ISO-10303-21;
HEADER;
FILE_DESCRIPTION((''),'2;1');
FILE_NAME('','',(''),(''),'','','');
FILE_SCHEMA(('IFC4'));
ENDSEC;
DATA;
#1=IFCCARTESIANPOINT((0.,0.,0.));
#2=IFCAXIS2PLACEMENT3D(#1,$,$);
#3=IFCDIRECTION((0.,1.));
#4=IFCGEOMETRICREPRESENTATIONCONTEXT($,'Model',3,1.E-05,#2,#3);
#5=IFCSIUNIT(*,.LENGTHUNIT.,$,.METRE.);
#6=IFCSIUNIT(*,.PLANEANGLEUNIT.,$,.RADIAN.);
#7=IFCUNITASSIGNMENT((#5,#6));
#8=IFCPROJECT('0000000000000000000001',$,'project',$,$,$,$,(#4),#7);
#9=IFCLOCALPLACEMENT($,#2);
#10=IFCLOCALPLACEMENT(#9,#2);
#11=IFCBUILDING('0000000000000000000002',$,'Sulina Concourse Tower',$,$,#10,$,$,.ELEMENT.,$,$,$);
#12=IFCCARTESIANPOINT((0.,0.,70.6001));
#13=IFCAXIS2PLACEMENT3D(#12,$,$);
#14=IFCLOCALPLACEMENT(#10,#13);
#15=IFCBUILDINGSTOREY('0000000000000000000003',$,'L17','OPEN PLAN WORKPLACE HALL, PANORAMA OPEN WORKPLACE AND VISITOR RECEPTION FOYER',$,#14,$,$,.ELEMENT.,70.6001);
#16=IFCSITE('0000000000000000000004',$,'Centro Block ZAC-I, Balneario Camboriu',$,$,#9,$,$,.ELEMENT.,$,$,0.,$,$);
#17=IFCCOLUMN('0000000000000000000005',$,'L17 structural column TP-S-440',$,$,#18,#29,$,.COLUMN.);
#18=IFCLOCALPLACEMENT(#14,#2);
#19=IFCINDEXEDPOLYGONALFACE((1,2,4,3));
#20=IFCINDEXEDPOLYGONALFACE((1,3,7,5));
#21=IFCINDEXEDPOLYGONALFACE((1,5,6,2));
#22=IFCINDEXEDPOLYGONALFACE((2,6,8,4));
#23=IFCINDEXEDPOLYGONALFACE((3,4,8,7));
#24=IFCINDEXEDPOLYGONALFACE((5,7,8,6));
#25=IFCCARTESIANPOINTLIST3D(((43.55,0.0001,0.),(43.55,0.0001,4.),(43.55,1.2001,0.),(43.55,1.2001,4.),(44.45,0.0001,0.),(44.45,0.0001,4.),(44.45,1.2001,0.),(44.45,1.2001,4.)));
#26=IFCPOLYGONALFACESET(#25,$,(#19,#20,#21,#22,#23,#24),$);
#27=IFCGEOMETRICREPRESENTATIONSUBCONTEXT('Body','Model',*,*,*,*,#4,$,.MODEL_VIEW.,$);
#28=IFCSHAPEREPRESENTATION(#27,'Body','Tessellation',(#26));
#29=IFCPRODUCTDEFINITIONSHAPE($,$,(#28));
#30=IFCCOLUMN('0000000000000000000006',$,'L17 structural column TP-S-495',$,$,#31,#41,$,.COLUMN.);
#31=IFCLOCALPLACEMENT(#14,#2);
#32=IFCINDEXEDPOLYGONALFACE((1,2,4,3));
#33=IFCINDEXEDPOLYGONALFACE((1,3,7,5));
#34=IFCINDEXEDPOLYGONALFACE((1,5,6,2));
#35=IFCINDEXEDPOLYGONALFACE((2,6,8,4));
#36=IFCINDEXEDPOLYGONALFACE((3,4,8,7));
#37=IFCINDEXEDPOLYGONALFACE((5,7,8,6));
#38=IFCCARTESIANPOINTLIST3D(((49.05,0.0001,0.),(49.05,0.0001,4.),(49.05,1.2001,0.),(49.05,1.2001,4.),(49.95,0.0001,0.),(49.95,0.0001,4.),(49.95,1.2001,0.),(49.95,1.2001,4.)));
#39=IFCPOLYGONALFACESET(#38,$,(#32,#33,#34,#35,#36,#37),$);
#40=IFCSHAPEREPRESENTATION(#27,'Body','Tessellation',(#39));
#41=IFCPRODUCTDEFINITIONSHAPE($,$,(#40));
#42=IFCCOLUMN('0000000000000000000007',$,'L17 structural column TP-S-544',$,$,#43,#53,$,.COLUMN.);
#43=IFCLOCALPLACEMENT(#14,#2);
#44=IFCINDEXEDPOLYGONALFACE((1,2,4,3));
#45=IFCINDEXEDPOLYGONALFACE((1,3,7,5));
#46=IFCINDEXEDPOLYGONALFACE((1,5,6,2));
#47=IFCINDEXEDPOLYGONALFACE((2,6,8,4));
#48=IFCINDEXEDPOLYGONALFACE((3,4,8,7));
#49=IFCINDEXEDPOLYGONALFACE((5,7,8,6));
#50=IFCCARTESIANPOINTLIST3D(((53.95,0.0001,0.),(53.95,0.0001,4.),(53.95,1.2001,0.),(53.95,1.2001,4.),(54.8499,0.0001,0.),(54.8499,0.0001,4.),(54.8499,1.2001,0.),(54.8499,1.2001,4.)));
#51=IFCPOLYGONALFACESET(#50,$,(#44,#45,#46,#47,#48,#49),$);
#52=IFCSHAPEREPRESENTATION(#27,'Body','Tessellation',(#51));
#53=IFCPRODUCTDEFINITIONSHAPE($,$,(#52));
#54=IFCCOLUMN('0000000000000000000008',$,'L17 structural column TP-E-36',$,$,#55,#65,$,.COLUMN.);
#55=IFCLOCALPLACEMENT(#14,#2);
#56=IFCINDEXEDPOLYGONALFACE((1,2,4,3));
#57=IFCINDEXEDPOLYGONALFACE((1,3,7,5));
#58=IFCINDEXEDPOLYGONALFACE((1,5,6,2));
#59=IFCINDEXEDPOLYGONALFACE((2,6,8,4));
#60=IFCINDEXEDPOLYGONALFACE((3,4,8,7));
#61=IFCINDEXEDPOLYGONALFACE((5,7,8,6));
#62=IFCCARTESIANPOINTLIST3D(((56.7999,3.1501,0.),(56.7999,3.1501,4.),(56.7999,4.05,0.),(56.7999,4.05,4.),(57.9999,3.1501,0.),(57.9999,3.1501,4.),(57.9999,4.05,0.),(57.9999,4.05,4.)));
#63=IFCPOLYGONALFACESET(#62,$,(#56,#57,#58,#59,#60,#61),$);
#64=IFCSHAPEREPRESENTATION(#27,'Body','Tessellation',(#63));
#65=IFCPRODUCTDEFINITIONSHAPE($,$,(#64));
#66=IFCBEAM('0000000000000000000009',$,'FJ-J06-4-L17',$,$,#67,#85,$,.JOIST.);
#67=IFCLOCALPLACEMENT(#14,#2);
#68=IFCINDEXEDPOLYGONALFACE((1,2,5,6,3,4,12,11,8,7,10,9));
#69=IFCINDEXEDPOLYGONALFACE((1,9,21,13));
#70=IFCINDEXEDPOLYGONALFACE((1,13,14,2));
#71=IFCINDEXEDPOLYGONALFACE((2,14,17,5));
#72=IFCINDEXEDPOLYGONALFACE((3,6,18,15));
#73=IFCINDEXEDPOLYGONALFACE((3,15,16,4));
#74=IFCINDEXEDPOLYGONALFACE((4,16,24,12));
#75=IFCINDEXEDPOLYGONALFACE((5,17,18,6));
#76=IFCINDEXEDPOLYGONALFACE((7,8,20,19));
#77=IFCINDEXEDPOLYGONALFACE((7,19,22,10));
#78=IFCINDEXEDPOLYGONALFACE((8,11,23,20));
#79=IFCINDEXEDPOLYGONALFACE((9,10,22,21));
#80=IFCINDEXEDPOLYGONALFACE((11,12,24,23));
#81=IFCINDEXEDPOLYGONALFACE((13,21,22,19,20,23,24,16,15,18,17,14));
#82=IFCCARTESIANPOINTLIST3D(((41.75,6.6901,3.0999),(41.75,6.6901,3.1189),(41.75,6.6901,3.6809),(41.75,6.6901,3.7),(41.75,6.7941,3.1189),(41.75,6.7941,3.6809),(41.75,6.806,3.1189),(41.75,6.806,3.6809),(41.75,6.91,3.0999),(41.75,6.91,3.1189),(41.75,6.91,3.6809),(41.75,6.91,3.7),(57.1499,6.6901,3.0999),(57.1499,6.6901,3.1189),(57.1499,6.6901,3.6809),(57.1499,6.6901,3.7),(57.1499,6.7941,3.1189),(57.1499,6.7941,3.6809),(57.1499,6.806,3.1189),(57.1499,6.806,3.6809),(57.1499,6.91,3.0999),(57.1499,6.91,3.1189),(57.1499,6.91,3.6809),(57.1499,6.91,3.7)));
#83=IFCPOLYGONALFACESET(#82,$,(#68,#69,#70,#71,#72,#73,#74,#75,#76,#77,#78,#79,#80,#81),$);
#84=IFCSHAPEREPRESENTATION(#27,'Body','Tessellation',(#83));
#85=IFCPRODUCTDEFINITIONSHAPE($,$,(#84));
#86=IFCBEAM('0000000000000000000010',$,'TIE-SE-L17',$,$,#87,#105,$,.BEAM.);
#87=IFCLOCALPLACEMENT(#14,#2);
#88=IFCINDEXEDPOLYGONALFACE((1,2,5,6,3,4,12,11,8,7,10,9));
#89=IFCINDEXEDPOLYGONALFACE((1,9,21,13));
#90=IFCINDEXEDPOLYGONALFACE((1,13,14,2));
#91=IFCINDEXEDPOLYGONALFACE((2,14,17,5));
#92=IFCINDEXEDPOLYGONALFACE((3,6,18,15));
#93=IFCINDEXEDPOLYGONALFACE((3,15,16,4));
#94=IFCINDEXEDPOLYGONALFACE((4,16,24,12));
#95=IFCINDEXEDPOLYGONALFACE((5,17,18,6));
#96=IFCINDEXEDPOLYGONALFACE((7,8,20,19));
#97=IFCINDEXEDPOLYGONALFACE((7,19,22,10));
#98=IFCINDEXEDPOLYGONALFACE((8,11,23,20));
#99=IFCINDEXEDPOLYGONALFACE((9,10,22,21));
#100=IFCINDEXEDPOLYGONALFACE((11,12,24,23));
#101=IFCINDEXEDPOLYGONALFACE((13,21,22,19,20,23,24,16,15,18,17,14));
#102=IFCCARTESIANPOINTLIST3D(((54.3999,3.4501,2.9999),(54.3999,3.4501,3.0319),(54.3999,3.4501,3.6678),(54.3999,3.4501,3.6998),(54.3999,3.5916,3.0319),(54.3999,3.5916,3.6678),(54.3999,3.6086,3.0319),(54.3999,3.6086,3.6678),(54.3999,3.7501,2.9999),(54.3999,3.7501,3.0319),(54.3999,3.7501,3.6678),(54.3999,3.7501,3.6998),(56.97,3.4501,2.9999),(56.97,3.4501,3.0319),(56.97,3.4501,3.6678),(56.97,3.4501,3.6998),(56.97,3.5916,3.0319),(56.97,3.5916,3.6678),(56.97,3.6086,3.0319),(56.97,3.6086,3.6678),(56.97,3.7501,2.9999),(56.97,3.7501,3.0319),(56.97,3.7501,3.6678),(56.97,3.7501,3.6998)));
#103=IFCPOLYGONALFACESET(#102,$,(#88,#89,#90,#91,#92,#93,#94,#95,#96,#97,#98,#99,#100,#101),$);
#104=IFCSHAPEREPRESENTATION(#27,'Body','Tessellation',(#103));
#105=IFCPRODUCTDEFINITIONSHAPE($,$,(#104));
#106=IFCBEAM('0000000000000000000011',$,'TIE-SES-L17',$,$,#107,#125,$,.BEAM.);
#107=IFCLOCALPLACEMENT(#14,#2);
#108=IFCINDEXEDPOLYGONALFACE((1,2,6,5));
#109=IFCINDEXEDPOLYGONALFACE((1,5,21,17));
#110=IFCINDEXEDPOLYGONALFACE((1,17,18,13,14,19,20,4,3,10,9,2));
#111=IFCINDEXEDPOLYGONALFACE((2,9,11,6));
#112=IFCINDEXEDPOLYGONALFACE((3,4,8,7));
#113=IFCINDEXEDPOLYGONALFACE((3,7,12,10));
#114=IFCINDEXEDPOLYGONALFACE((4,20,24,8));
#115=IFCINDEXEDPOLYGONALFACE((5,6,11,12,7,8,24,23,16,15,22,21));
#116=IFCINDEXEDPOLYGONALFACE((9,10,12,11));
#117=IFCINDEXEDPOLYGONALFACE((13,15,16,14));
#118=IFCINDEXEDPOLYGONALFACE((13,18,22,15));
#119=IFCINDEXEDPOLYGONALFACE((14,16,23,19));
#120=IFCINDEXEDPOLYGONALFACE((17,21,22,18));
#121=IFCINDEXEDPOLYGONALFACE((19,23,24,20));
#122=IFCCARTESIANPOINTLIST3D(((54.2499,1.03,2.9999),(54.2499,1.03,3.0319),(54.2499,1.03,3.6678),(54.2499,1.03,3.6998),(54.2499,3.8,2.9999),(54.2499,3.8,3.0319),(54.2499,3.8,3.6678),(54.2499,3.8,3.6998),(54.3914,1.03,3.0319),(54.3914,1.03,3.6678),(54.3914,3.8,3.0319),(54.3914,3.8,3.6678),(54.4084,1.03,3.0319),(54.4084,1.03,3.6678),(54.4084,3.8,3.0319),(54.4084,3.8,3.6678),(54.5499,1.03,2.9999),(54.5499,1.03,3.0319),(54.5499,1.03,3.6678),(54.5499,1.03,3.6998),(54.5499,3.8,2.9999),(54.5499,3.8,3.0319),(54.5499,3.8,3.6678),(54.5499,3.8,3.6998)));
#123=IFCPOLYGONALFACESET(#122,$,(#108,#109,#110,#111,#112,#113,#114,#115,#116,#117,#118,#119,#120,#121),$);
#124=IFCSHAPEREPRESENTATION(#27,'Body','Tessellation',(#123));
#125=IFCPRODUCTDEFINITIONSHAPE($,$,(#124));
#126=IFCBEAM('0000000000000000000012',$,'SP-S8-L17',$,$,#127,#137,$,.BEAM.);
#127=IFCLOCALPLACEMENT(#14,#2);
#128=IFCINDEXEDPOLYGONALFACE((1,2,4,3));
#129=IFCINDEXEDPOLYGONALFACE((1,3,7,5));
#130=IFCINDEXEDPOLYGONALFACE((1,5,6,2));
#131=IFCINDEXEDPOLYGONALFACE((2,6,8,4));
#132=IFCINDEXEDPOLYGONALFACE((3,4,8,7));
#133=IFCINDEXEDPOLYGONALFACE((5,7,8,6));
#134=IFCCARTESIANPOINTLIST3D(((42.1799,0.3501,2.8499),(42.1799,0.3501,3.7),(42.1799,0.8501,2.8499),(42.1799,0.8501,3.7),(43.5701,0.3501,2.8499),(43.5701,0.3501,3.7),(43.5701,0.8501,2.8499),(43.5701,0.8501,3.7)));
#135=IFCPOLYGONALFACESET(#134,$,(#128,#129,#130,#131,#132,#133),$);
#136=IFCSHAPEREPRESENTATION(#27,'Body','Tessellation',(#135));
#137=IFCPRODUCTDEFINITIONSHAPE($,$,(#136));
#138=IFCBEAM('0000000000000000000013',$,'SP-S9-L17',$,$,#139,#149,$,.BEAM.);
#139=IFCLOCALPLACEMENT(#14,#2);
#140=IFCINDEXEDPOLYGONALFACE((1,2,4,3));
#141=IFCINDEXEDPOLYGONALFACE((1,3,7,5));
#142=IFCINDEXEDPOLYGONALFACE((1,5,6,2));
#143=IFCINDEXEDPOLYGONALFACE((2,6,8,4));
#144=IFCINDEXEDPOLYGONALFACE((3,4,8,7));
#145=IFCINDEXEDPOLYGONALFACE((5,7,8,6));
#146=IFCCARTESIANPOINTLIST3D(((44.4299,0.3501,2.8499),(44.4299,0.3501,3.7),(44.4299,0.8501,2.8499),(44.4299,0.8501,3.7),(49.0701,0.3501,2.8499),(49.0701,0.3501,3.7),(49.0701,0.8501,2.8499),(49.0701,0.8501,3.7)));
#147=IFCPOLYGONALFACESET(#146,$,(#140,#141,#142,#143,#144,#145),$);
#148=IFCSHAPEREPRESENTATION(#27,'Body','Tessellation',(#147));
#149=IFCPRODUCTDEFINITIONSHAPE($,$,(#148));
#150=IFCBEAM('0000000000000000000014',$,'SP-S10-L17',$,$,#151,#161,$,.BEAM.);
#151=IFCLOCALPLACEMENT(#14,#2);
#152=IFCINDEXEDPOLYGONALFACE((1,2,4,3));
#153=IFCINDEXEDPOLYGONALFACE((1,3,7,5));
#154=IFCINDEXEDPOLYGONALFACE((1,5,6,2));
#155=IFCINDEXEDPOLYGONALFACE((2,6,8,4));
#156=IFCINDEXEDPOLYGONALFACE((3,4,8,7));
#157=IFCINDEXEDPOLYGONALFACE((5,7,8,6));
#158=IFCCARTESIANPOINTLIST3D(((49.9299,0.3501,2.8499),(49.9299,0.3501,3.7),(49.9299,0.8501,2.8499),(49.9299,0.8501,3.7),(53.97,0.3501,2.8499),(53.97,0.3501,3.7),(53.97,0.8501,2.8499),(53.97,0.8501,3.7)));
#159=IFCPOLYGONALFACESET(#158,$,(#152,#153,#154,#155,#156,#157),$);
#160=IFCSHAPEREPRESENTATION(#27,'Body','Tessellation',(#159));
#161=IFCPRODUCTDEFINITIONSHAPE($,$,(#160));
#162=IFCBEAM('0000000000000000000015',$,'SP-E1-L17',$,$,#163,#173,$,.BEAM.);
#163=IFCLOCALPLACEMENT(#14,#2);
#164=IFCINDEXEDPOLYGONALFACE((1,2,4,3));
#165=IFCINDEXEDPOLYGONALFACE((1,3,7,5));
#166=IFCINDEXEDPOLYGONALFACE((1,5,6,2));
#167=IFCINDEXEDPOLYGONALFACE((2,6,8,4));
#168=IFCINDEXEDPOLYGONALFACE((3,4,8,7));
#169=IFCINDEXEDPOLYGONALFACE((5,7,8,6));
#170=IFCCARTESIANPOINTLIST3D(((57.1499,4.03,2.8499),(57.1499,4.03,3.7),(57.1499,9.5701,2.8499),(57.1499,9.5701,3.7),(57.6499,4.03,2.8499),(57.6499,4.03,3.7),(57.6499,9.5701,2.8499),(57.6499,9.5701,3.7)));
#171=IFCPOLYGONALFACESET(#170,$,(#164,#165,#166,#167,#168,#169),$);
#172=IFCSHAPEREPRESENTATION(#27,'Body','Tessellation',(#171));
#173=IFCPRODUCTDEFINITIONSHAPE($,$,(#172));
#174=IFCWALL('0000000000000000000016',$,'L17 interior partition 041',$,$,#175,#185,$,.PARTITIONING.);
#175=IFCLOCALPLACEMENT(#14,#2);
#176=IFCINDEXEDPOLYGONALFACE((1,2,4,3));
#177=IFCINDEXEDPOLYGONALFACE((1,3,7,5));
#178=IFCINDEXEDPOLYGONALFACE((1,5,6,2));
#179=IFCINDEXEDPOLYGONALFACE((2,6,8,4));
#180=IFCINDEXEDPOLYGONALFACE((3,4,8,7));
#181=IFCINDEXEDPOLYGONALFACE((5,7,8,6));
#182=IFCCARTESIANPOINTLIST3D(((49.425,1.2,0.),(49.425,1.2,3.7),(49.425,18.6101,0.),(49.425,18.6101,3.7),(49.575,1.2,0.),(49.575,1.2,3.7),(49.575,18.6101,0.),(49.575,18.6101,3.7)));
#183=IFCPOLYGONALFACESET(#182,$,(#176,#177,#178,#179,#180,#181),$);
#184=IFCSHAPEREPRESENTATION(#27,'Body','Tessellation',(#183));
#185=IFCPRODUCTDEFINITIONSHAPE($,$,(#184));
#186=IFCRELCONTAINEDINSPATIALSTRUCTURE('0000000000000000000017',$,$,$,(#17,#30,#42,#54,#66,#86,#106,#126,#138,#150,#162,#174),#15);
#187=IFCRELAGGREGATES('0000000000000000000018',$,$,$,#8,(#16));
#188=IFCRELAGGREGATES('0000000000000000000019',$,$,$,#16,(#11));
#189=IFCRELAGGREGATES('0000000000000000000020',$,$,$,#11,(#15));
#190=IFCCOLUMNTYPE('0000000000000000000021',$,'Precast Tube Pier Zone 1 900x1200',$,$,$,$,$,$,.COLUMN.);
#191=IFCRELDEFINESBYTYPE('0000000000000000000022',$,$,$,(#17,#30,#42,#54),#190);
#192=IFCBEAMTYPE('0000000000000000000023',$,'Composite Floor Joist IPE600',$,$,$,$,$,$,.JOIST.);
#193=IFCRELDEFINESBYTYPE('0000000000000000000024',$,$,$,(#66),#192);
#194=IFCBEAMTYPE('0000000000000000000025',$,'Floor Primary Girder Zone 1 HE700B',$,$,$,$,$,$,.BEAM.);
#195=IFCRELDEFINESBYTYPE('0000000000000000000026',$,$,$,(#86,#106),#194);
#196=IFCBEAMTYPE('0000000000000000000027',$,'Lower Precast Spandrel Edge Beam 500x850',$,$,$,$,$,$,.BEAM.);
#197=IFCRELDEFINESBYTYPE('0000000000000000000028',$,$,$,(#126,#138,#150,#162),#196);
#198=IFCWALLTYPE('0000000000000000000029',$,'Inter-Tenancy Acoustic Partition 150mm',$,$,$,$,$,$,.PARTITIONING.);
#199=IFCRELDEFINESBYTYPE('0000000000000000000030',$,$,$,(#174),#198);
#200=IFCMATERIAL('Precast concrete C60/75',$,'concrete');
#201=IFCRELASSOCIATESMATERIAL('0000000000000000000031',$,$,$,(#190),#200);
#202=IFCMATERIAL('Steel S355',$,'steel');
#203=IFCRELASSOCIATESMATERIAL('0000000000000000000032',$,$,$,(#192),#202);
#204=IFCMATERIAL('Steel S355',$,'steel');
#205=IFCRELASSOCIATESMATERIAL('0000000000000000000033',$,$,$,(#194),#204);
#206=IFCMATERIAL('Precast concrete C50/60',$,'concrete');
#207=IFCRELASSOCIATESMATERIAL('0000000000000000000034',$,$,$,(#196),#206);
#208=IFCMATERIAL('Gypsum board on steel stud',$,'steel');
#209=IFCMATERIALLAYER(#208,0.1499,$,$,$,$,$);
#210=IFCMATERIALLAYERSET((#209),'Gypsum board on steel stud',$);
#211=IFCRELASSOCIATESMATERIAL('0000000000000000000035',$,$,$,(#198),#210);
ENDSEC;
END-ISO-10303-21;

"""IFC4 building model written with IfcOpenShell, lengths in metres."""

from ifc_helpers import new_model, si_unit, direction, frame, frame_2d, origin, origin_2d, place, context, subcontext, project, spatial, rectangle, i_section, extrude, material, layer, layer_set, material_profile, profile_set, type_object, element, save


model = new_model("IFC4")

# Units and contexts
model_context = context("Model", 3, precision=1e-05, world=origin(), true_north=direction((0.0, 1.0)))
body_context = subcontext(model_context, "Body", "Model", "MODEL_VIEW")
ifc_project = project(units=[si_unit("LENGTHUNIT", "METRE"), si_unit("PLANEANGLEUNIT", "RADIAN")], contexts=[model_context])

# Site, building, storey
site_placement = place(None, origin())
site = spatial("IfcSite", under=ifc_project, at=site_placement, Name="Centro Block ZAC-I, Balneario Camboriu", CompositionType="ELEMENT", RefElevation=0.0)
building_placement = place(site_placement, origin())
building = spatial("IfcBuilding", under=site, at=building_placement, Name="Sulina Concourse Tower", CompositionType="ELEMENT")
storey_placement = place(building_placement, frame((0.0, 0.0, 70.6001)))
storey = spatial("IfcBuildingStorey", under=building, at=storey_placement, Name="L17", Description="OPEN PLAN WORKPLACE HALL, PANORAMA OPEN WORKPLACE AND VISITOR RECEPTION FOYER", CompositionType="ELEMENT", Elevation=70.6001)

# Columns
ifc_material_1 = material(Name="Precast concrete C60/75", Category="concrete")
ifc_material_profile_1 = material_profile(ifc_material_1, rectangle(XDim=0.8999, YDim=1.2, at=origin_2d()), Name="PC 900x1200")
ifc_profile_set_1 = profile_set([ifc_material_profile_1], Name="Precast concrete C60/75")
column_type = type_object("IfcColumnType", Name="Precast Tube Pier Zone 1 900x1200", PredefinedType="COLUMN", material=ifc_profile_set_1)
for number, where, z_axis, x_axis, name in (
    (1, (44.0, 0.6001, 0.0), (0.0, 0.0, 1.0), (1.0, 0.0, 0.0), "L17 structural column TP-S-440"),
    (2, (49.5, 0.6001, 0.0), (0.0, 0.0, 1.0), (1.0, 0.0, 0.0), "L17 structural column TP-S-495"),
    (3, (54.3999, 0.6001, 0.0), (0.0, 0.0, 1.0), (1.0, 0.0, 0.0), "L17 structural column TP-S-544"),
    (4, (57.3999, 3.6001, 0.0), (0.0, 0.0, 1.0), (0.0, 1.0, 0.0), "L17 structural column TP-E-36"),
):
    element("IfcColumn", number, at=place(storey_placement, frame(where, z_axis=z_axis, x_axis=x_axis)), inside=storey, type_object=column_type, Name=name, PredefinedType="COLUMN", context=body_context, shape_type="SweptSolid", body=[
        extrude(rectangle(XDim=0.8999, YDim=1.2, at=origin_2d()), origin(), (0.0, 0.0, 1.0), 4.0),
    ])

# Beams
ifc_material_2 = material(Name="Steel S355", Category="steel")
ifc_material_profile_2 = material_profile(ifc_material_2, i_section(OverallWidth=0.22, OverallDepth=0.6001, WebThickness=0.012, FlangeThickness=0.019, at=origin_2d()), Name="IPE 600")
ifc_profile_set_2 = profile_set([ifc_material_profile_2], Name="Steel S355")
beam_type_1 = type_object("IfcBeamType", Name="Composite Floor Joist IPE600", PredefinedType="JOIST", material=ifc_profile_set_2)
beam_1_placement = place(storey_placement, frame((41.75, 6.8, 3.3999), z_axis=(1.0, 0.0, 0.0), x_axis=(0.0, 1.0, 0.0)))
element("IfcBeam", 5, at=beam_1_placement, inside=storey, type_object=beam_type_1, Name="FJ-J06-4-L17", PredefinedType="JOIST", context=body_context, shape_type="SweptSolid", body=[
    extrude(i_section(OverallWidth=0.22, OverallDepth=0.6001, WebThickness=0.012, FlangeThickness=0.019, at=origin_2d()), origin(), (0.0, 0.0, 1.0), 15.3999),
])
ifc_material_3 = material(Name="Steel S355", Category="steel")
ifc_material_profile_3 = material_profile(ifc_material_3, i_section(OverallWidth=0.3, OverallDepth=0.7, WebThickness=0.0171, FlangeThickness=0.032, at=origin_2d()), Name="HE 700 B")
ifc_profile_set_3 = profile_set([ifc_material_profile_3], Name="Steel S355")
beam_type_2 = type_object("IfcBeamType", Name="Floor Primary Girder Zone 1 HE700B", PredefinedType="BEAM", material=ifc_profile_set_3)
beam_2_placement = place(storey_placement, frame((54.3999, 3.6001, 3.3499), z_axis=(1.0, 0.0, 0.0), x_axis=(0.0, 1.0, 0.0)))
element("IfcBeam", 6, at=beam_2_placement, inside=storey, type_object=beam_type_2, Name="TIE-SE-L17", PredefinedType="BEAM", context=body_context, shape_type="SweptSolid", body=[
    extrude(i_section(OverallWidth=0.3, OverallDepth=0.7, WebThickness=0.0171, FlangeThickness=0.032, at=origin_2d()), origin(), (0.0, 0.0, 1.0), 2.5701),
])
beam_3_placement = place(storey_placement, frame((54.3999, 1.03, 3.3499), z_axis=(0.0, 1.0, 0.0), x_axis=(-1.0, 0.0, 0.0)))
element("IfcBeam", 7, at=beam_3_placement, inside=storey, type_object=beam_type_2, Name="TIE-SES-L17", PredefinedType="BEAM", context=body_context, shape_type="SweptSolid", body=[
    extrude(i_section(OverallWidth=0.3, OverallDepth=0.7, WebThickness=0.0171, FlangeThickness=0.032, at=origin_2d()), origin(), (0.0, 0.0, 1.0), 2.77),
])
ifc_material_4 = material(Name="Precast concrete C50/60", Category="concrete")
ifc_material_profile_4 = material_profile(ifc_material_4, rectangle(XDim=0.5, YDim=0.8501, at=origin_2d()), Name="RC 500x850")
ifc_profile_set_4 = profile_set([ifc_material_profile_4], Name="Precast concrete C50/60")
beam_type_3 = type_object("IfcBeamType", Name="Lower Precast Spandrel Edge Beam 500x850", PredefinedType="BEAM", material=ifc_profile_set_4)
beam_4_placement = place(storey_placement, frame((42.1799, 0.6001, 3.2749), z_axis=(1.0, 0.0, 0.0), x_axis=(0.0, 1.0, 0.0)))
element("IfcBeam", 8, at=beam_4_placement, inside=storey, type_object=beam_type_3, Name="SP-S8-L17", PredefinedType="BEAM", context=body_context, shape_type="SweptSolid", body=[
    extrude(rectangle(XDim=0.5, YDim=0.8501, at=origin_2d()), origin(), (0.0, 0.0, 1.0), 1.3901),
])
beam_5_placement = place(storey_placement, frame((44.4299, 0.6001, 3.2749), z_axis=(1.0, 0.0, 0.0), x_axis=(0.0, 1.0, 0.0)))
element("IfcBeam", 9, at=beam_5_placement, inside=storey, type_object=beam_type_3, Name="SP-S9-L17", PredefinedType="BEAM", context=body_context, shape_type="SweptSolid", body=[
    extrude(rectangle(XDim=0.5, YDim=0.8501, at=origin_2d()), origin(), (0.0, 0.0, 1.0), 4.6401),
])
beam_6_placement = place(storey_placement, frame((49.9299, 0.6001, 3.2749), z_axis=(1.0, 0.0, 0.0), x_axis=(0.0, 1.0, 0.0)))
element("IfcBeam", 10, at=beam_6_placement, inside=storey, type_object=beam_type_3, Name="SP-S10-L17", PredefinedType="BEAM", context=body_context, shape_type="SweptSolid", body=[
    extrude(rectangle(XDim=0.5, YDim=0.8501, at=origin_2d()), origin(), (0.0, 0.0, 1.0), 4.04),
])
beam_7_placement = place(storey_placement, frame((57.3999, 4.03, 3.2749), z_axis=(0.0, 1.0, 0.0), x_axis=(-1.0, 0.0, 0.0)))
element("IfcBeam", 11, at=beam_7_placement, inside=storey, type_object=beam_type_3, Name="SP-E1-L17", PredefinedType="BEAM", context=body_context, shape_type="SweptSolid", body=[
    extrude(rectangle(XDim=0.5, YDim=0.8501, at=origin_2d()), origin(), (0.0, 0.0, 1.0), 5.54),
])

# Wall
ifc_material_5 = material(Name="Gypsum board on steel stud", Category="steel")
ifc_layer_1 = layer(ifc_material_5, 0.1499)
ifc_layer_set_1 = layer_set([ifc_layer_1], Name="Gypsum board on steel stud")
wall_type_1 = type_object("IfcWallType", Name="Inter-Tenancy Acoustic Partition 150mm", PredefinedType="PARTITIONING", material=ifc_layer_set_1)
wall_1_placement = place(storey_placement, frame((49.5, 1.2, 0.0), z_axis=(0.0, 0.0, 1.0), x_axis=(0.0, 1.0, 0.0)))
element("IfcWall", 12, at=wall_1_placement, inside=storey, type_object=wall_type_1, Name="L17 interior partition 041", PredefinedType="PARTITIONING", context=body_context, shape_type="SweptSolid", body=[
    extrude(rectangle(XDim=17.4102, YDim=0.1499, at=frame_2d((8.7051, 0.0))), origin(), (0.0, 0.0, 1.0), 3.7),
])

save(model, "model.ifc")
